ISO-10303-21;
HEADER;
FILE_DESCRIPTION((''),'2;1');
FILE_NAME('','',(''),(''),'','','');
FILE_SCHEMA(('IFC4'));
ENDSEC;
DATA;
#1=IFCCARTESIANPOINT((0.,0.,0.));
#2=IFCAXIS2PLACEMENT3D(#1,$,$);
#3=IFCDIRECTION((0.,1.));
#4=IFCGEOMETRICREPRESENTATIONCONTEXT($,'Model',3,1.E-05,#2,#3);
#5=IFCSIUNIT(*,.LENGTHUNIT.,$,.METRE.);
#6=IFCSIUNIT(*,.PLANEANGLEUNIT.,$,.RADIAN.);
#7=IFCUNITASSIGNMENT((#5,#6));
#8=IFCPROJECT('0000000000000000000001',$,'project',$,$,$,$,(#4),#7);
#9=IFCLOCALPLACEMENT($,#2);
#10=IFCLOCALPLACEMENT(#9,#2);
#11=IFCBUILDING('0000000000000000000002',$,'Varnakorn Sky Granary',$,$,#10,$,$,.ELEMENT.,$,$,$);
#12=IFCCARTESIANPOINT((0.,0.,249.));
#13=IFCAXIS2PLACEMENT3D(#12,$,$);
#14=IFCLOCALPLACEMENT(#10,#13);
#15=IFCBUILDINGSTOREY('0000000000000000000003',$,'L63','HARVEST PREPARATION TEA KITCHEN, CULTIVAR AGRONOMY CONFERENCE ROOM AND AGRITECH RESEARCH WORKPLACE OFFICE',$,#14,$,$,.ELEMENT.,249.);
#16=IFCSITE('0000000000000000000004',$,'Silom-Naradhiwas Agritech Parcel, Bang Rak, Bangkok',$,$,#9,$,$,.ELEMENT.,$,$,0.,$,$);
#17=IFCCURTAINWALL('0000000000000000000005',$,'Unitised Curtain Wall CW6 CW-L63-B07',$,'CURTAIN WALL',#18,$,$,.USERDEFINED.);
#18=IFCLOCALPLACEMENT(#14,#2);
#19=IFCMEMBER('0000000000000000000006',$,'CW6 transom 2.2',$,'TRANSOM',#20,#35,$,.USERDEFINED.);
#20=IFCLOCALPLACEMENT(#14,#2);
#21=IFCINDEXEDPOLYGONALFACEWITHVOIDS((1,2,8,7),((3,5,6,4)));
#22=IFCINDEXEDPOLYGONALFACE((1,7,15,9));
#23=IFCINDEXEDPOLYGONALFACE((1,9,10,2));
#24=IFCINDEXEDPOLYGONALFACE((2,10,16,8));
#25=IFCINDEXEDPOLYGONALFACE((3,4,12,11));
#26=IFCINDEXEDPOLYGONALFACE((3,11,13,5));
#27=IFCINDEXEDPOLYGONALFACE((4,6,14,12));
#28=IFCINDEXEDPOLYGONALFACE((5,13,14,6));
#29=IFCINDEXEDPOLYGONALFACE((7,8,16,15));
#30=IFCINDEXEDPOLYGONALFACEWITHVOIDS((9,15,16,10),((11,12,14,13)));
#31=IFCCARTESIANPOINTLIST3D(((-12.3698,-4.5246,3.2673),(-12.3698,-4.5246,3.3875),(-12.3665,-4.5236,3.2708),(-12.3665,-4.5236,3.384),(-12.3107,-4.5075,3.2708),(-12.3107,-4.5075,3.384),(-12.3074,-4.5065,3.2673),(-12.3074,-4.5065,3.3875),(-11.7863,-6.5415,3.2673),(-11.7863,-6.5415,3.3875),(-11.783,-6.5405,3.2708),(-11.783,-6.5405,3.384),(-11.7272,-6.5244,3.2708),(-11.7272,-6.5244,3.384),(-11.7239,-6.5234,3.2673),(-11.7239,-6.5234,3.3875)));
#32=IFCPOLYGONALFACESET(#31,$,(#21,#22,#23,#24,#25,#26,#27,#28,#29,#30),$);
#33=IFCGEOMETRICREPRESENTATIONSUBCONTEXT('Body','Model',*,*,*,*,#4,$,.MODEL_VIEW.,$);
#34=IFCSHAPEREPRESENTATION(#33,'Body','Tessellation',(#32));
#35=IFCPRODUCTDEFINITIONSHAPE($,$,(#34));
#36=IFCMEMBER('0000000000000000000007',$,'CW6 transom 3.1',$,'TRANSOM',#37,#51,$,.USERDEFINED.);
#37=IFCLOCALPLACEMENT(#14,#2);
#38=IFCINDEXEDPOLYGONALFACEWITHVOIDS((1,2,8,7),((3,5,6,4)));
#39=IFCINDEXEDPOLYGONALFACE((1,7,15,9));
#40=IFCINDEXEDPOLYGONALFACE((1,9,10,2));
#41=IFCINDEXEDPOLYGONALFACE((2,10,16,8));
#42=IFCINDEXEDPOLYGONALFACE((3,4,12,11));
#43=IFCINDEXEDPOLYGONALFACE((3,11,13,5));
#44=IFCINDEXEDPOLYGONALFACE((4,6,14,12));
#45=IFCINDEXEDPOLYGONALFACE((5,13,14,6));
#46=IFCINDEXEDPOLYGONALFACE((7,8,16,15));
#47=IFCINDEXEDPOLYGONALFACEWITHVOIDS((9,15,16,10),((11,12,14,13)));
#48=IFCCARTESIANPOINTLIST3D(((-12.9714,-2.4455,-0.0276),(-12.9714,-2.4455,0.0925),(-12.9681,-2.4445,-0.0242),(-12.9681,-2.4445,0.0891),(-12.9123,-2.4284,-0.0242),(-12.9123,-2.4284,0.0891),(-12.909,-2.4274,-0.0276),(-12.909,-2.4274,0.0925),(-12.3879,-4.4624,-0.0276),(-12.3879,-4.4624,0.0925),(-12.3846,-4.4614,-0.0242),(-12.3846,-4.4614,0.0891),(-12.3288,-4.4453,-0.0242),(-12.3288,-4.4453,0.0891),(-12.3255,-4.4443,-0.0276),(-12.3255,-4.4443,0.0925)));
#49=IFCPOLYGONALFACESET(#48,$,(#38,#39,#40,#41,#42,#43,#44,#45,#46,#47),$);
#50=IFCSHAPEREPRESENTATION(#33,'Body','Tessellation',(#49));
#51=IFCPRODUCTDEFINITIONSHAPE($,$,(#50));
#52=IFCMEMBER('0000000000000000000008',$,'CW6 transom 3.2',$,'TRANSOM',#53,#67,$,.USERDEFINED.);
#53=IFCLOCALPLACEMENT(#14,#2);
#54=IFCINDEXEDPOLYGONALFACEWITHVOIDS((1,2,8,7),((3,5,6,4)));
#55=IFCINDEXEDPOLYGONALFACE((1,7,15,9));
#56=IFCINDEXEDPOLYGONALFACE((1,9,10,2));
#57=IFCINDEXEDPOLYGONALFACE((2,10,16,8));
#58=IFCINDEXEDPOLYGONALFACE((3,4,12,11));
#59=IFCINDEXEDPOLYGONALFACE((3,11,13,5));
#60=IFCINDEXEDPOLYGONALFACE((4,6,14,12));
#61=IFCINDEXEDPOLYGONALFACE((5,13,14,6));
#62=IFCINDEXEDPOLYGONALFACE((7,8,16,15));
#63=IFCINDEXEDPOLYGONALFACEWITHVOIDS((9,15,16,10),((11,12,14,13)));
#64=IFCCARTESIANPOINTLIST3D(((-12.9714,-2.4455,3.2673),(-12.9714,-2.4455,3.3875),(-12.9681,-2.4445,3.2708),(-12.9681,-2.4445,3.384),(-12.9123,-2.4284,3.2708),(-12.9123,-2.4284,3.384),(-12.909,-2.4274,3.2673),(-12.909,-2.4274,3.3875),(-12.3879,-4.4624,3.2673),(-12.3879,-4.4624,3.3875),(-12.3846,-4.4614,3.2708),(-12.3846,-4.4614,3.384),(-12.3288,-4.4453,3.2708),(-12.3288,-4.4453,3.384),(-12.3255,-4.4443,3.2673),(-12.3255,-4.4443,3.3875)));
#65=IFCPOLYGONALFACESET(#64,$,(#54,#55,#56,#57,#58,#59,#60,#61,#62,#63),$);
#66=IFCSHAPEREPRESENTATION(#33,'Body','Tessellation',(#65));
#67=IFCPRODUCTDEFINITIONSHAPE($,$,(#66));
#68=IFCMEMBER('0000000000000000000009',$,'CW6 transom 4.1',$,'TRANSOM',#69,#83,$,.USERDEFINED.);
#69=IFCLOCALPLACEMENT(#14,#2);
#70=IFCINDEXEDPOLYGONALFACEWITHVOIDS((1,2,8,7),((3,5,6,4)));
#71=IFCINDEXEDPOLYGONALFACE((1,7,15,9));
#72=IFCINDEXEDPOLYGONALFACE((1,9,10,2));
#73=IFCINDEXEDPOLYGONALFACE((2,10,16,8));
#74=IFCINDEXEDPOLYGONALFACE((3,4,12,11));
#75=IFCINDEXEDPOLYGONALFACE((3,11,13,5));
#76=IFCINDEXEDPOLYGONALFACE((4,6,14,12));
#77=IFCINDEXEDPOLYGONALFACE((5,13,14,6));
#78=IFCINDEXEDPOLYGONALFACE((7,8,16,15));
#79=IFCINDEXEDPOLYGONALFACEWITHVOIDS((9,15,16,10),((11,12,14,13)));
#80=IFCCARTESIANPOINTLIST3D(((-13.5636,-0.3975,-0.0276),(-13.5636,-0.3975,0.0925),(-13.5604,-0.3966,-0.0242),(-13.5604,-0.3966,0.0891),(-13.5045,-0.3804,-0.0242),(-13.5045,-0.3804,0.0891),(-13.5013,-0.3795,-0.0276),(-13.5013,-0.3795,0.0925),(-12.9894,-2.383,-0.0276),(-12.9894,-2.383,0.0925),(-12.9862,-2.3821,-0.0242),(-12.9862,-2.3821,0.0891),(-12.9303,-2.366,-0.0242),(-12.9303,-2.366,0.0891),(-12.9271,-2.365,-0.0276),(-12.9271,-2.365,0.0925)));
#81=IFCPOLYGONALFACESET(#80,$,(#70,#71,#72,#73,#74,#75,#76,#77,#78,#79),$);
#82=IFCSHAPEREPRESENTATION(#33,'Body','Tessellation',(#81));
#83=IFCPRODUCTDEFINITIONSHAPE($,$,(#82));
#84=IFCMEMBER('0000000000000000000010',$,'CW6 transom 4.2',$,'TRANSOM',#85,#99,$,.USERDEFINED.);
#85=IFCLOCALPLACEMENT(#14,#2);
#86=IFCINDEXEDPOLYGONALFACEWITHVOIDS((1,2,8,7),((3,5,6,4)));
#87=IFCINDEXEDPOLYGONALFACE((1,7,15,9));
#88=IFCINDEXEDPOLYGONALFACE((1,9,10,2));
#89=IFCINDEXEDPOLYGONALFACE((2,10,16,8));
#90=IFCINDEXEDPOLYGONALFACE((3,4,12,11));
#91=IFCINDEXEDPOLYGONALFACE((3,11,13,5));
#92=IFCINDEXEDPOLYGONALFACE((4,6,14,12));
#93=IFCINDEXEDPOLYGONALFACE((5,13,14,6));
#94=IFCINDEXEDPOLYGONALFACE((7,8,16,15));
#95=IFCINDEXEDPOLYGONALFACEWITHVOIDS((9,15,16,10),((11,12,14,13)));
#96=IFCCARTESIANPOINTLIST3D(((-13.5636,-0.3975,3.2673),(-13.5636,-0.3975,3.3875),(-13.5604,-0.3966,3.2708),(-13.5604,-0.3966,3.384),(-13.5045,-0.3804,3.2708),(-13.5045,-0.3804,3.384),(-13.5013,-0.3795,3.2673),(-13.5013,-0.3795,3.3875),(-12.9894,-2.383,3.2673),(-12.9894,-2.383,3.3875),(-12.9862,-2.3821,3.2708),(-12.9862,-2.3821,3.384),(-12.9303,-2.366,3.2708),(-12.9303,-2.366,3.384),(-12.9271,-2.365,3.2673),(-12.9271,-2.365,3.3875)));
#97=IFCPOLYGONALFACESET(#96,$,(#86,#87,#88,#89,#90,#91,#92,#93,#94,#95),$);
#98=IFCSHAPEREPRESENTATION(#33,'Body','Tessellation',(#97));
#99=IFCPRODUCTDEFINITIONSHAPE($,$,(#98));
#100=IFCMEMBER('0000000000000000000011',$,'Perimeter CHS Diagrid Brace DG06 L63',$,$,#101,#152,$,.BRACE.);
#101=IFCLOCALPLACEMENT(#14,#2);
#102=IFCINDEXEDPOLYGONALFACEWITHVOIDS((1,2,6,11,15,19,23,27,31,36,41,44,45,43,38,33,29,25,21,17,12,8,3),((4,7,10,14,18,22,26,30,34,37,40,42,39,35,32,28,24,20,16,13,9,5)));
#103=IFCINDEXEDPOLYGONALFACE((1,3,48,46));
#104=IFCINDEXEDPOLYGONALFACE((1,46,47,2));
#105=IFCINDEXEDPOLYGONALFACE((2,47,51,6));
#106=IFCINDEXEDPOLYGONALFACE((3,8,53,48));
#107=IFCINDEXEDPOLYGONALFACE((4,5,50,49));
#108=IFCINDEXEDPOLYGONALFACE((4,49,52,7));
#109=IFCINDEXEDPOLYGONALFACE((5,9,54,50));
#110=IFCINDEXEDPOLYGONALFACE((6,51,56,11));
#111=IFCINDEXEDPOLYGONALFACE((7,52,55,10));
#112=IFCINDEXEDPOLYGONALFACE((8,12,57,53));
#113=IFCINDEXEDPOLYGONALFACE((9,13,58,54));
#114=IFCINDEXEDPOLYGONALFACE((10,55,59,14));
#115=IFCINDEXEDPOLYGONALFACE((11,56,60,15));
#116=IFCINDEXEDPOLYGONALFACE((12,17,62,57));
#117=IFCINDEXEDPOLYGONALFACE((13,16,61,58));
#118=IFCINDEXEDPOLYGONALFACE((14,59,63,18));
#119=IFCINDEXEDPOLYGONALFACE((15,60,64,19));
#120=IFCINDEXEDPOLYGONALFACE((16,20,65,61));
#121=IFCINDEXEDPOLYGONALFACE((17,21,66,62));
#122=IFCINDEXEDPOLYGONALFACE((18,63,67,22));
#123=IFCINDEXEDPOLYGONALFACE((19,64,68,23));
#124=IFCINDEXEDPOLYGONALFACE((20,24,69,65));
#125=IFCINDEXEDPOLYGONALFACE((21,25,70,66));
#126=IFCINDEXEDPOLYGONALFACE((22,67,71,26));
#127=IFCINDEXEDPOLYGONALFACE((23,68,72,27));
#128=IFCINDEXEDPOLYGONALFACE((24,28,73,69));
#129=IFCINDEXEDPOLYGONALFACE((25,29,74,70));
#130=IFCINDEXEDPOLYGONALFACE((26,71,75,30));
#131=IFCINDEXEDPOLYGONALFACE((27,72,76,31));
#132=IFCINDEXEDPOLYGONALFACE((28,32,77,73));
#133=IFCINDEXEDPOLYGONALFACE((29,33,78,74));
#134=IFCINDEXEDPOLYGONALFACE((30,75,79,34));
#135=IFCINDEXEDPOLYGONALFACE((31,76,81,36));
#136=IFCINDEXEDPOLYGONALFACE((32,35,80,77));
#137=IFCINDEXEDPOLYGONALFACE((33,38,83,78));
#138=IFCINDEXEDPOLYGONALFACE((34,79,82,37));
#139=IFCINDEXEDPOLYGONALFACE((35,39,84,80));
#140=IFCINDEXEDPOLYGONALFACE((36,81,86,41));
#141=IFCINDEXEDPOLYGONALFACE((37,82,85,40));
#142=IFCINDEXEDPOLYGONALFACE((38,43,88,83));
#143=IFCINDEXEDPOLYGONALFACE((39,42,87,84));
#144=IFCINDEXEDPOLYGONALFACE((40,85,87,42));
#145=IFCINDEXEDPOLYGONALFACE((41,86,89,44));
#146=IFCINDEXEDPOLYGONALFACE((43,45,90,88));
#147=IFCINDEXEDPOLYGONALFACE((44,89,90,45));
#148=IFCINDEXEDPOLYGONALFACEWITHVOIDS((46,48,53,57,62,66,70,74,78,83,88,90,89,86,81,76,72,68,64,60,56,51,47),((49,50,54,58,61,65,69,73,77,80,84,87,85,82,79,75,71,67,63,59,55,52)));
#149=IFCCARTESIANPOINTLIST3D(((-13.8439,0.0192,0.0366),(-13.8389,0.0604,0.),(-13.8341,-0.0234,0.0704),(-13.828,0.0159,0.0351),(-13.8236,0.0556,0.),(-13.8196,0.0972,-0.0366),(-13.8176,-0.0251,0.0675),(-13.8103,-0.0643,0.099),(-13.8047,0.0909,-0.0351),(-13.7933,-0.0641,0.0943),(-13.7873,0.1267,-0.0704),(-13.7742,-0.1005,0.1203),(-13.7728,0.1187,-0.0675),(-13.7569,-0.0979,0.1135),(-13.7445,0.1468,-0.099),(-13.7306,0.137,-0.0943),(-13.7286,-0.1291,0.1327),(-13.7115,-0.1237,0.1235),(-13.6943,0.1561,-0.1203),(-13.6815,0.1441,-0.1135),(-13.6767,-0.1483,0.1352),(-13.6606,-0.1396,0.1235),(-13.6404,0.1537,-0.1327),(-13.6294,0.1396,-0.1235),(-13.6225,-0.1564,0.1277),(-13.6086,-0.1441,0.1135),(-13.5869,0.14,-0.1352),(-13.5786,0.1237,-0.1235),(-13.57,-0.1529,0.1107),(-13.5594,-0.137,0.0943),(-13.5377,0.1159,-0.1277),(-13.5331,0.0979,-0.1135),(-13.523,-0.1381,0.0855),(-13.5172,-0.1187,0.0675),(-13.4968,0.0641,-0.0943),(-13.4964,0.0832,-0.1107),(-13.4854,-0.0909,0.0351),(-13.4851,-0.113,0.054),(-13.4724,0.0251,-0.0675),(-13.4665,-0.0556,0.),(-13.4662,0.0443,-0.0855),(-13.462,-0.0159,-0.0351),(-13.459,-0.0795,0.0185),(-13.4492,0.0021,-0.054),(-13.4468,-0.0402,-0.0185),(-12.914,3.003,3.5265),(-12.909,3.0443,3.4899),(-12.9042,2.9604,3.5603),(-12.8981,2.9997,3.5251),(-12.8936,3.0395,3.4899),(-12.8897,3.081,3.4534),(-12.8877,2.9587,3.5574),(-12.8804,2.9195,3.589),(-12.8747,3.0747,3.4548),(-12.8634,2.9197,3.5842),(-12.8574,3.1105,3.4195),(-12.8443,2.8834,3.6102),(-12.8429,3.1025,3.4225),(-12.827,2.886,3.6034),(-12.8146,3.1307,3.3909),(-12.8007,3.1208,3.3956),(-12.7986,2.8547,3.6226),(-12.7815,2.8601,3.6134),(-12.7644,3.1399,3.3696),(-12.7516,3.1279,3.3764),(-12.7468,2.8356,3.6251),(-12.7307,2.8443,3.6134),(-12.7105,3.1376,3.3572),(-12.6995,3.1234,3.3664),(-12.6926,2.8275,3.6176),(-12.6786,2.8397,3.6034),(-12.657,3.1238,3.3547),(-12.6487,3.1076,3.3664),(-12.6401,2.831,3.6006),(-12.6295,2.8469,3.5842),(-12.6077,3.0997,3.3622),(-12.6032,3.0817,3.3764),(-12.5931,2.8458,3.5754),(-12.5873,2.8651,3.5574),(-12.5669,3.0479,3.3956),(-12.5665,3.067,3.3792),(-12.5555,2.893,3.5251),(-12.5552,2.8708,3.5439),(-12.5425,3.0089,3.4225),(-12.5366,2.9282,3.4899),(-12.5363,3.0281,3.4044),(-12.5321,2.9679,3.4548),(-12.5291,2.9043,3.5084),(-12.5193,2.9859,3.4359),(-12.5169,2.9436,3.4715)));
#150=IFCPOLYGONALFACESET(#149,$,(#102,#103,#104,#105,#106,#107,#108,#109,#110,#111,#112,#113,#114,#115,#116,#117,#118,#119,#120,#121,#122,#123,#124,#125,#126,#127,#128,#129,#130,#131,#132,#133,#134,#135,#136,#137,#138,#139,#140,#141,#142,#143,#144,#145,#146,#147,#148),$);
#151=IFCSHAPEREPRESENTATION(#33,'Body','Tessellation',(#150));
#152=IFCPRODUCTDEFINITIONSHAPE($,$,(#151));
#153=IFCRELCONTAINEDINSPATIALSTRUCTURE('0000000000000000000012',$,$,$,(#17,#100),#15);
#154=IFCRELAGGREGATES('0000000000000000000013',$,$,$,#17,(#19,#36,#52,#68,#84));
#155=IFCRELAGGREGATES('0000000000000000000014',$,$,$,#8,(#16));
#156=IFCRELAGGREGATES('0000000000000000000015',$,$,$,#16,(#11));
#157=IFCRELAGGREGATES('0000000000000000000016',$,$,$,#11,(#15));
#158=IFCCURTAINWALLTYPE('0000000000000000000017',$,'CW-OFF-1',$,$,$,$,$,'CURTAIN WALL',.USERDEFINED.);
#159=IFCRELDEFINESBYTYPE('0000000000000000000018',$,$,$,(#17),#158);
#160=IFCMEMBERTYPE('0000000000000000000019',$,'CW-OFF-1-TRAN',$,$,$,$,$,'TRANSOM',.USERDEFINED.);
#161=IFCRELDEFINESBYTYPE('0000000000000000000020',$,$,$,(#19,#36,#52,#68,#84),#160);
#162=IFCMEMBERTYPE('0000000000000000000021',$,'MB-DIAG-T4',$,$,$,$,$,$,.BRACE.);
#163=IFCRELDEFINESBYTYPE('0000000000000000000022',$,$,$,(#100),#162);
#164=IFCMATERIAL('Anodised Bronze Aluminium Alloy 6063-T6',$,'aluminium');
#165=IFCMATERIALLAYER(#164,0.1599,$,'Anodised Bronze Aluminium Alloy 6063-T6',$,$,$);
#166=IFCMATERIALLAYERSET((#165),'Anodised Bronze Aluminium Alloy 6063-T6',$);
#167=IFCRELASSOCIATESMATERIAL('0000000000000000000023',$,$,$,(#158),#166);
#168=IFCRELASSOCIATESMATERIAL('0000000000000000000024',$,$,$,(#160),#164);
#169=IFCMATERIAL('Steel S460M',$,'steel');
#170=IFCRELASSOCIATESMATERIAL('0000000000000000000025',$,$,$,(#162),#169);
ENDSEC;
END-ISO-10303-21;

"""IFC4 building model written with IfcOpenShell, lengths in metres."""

from ifc_helpers import new_model, si_unit, direction, frame, origin, origin_2d, place, context, subcontext, project, spatial, hollow_rectangle, hollow_circle, extrude, material, layer, layer_set, material_profile, profile_set, type_object, element, aggregate, save


model = new_model("IFC4")

# Units and contexts
model_context = context("Model", 3, precision=1e-05, world=origin(), true_north=direction((0.0, 1.0)))
body_context = subcontext(model_context, "Body", "Model", "MODEL_VIEW")
ifc_project = project(units=[si_unit("LENGTHUNIT", "METRE"), si_unit("PLANEANGLEUNIT", "RADIAN")], contexts=[model_context])

# Site, building, storey
site_placement = place(None, origin())
site = spatial("IfcSite", under=ifc_project, at=site_placement, Name="Silom-Naradhiwas Agritech Parcel, Bang Rak, Bangkok", CompositionType="ELEMENT", RefElevation=0.0)
building_placement = place(site_placement, origin())
building = spatial("IfcBuilding", under=site, at=building_placement, Name="Varnakorn Sky Granary", CompositionType="ELEMENT")
storey_placement = place(building_placement, frame((0.0, 0.0, 249.0)))
storey = spatial("IfcBuildingStorey", under=building, at=storey_placement, Name="L63", Description="HARVEST PREPARATION TEA KITCHEN, CULTIVAR AGRONOMY CONFERENCE ROOM AND AGRITECH RESEARCH WORKPLACE OFFICE", CompositionType="ELEMENT", Elevation=249.0)

# Shared definitions
ifc_material_1 = material(Name="Steel S460M", Category="steel")

# Curtain wall, members
ifc_material_2 = material(Name="Anodised Bronze Aluminium Alloy 6063-T6", Category="aluminium")
ifc_layer_1 = layer(ifc_material_2, 0.1599, Name="Anodised Bronze Aluminium Alloy 6063-T6")
ifc_layer_set_1 = layer_set([ifc_layer_1], Name="Anodised Bronze Aluminium Alloy 6063-T6")
curtain_wall_type = type_object("IfcCurtainWallType", Name="CW-OFF-1", ElementType="CURTAIN WALL", PredefinedType="USERDEFINED", material=ifc_layer_set_1)
curtain_wall_placement = place(storey_placement, origin())
curtain_wall = element("IfcCurtainWall", 1, at=curtain_wall_placement, inside=storey, type_object=curtain_wall_type, Name="Unitised Curtain Wall CW6 CW-L63-B07", ObjectType="CURTAIN WALL", PredefinedType="USERDEFINED")
ifc_material_profile_1 = material_profile(ifc_material_2, hollow_rectangle(XDim=0.0649, YDim=0.1201, WallThickness=0.0034, at=origin_2d()), Name="ALU TRAN 65x120")
ifc_profile_set_1 = profile_set([ifc_material_profile_1], Name="Anodised Bronze Aluminium Alloy 6063-T6")
member_type_1 = type_object("IfcMemberType", Name="CW-OFF-1-TRAN", ElementType="TRANSOM", PredefinedType="USERDEFINED", material=ifc_profile_set_1)
member_1_placement = place(storey_placement, frame((-11.7551, -6.5325, 3.3274), z_axis=(-0.277914, 0.960606, 0.0), x_axis=(-0.960606, -0.277914, 0.0)))
member_1 = element("IfcMember", 2, at=member_1_placement, type_object=member_type_1, Name="CW6 transom 2.2", ObjectType="TRANSOM", PredefinedType="USERDEFINED", context=body_context, shape_type="SweptSolid", body=[
    extrude(hollow_rectangle(XDim=0.0649, YDim=0.1201, WallThickness=0.0034, at=origin_2d()), origin(), (0.0, 0.0, 1.0), 2.0996),
])
member_2_placement = place(storey_placement, frame((-12.3567, -4.4534, 0.0325), z_axis=(-0.277914, 0.960606, 0.0), x_axis=(-0.960606, -0.277914, 0.0)))
member_2 = element("IfcMember", 3, at=member_2_placement, type_object=member_type_1, Name="CW6 transom 3.1", ObjectType="TRANSOM", PredefinedType="USERDEFINED", context=body_context, shape_type="SweptSolid", body=[
    extrude(hollow_rectangle(XDim=0.0649, YDim=0.1201, WallThickness=0.0034, at=origin_2d()), origin(), (0.0, 0.0, 1.0), 2.0996),
])
member_3_placement = place(storey_placement, frame((-12.3567, -4.4534, 3.3274), z_axis=(-0.277914, 0.960606, 0.0), x_axis=(-0.960606, -0.277914, 0.0)))
member_3 = element("IfcMember", 4, at=member_3_placement, type_object=member_type_1, Name="CW6 transom 3.2", ObjectType="TRANSOM", PredefinedType="USERDEFINED", context=body_context, shape_type="SweptSolid", body=[
    extrude(hollow_rectangle(XDim=0.0649, YDim=0.1201, WallThickness=0.0034, at=origin_2d()), origin(), (0.0, 0.0, 1.0), 2.0996),
])
member_4_placement = place(storey_placement, frame((-12.9583, -2.374, 0.0325), z_axis=(-0.277809, 0.960636, 0.0), x_axis=(-0.960636, -0.277809, 0.0)))
member_4 = element("IfcMember", 5, at=member_4_placement, type_object=member_type_1, Name="CW6 transom 4.1", ObjectType="TRANSOM", PredefinedType="USERDEFINED", context=body_context, shape_type="SweptSolid", body=[
    extrude(hollow_rectangle(XDim=0.0649, YDim=0.1201, WallThickness=0.0034, at=origin_2d()), origin(), (0.0, 0.0, 1.0), 2.0669),
])
member_5_placement = place(storey_placement, frame((-12.9583, -2.374, 3.3274), z_axis=(-0.277809, 0.960636, 0.0), x_axis=(-0.960636, -0.277809, 0.0)))
member_5 = element("IfcMember", 6, at=member_5_placement, type_object=member_type_1, Name="CW6 transom 4.2", ObjectType="TRANSOM", PredefinedType="USERDEFINED", context=body_context, shape_type="SweptSolid", body=[
    extrude(hollow_rectangle(XDim=0.0649, YDim=0.1201, WallThickness=0.0034, at=origin_2d()), origin(), (0.0, 0.0, 1.0), 2.0669),
])

# Member
ifc_material_profile_2 = material_profile(ifc_material_1, hollow_circle(Radius=0.2031, WallThickness=0.0161, at=origin_2d()), Name="CHS 406.4x16")
ifc_profile_set_2 = profile_set([ifc_material_profile_2], Name="Steel S460M")
member_type_2 = type_object("IfcMemberType", Name="MB-DIAG-T4", PredefinedType="BRACE", material=ifc_profile_set_2)
for number, where, z_axis, x_axis, name in (
    (7, (-13.645, 0.0, 0.0), (0.198495, 0.636914, 0.744943), (-0.95471, 0.297537, 0.0), "Perimeter CHS Diagrid Brace DG06 L63"),
):
    element("IfcMember", number, at=place(storey_placement, frame(where, z_axis=z_axis, x_axis=x_axis)), inside=storey, type_object=member_type_2, Name=name, PredefinedType="BRACE", context=body_context, shape_type="SweptSolid", body=[
        extrude(hollow_circle(Radius=0.2031, WallThickness=0.0161, at=origin_2d()), origin(), (0.0, 0.0, 1.0), 4.6848),
    ])

aggregate(curtain_wall, [member_1, member_2, member_3, member_4, member_5])

save(model, "model.ifc")
